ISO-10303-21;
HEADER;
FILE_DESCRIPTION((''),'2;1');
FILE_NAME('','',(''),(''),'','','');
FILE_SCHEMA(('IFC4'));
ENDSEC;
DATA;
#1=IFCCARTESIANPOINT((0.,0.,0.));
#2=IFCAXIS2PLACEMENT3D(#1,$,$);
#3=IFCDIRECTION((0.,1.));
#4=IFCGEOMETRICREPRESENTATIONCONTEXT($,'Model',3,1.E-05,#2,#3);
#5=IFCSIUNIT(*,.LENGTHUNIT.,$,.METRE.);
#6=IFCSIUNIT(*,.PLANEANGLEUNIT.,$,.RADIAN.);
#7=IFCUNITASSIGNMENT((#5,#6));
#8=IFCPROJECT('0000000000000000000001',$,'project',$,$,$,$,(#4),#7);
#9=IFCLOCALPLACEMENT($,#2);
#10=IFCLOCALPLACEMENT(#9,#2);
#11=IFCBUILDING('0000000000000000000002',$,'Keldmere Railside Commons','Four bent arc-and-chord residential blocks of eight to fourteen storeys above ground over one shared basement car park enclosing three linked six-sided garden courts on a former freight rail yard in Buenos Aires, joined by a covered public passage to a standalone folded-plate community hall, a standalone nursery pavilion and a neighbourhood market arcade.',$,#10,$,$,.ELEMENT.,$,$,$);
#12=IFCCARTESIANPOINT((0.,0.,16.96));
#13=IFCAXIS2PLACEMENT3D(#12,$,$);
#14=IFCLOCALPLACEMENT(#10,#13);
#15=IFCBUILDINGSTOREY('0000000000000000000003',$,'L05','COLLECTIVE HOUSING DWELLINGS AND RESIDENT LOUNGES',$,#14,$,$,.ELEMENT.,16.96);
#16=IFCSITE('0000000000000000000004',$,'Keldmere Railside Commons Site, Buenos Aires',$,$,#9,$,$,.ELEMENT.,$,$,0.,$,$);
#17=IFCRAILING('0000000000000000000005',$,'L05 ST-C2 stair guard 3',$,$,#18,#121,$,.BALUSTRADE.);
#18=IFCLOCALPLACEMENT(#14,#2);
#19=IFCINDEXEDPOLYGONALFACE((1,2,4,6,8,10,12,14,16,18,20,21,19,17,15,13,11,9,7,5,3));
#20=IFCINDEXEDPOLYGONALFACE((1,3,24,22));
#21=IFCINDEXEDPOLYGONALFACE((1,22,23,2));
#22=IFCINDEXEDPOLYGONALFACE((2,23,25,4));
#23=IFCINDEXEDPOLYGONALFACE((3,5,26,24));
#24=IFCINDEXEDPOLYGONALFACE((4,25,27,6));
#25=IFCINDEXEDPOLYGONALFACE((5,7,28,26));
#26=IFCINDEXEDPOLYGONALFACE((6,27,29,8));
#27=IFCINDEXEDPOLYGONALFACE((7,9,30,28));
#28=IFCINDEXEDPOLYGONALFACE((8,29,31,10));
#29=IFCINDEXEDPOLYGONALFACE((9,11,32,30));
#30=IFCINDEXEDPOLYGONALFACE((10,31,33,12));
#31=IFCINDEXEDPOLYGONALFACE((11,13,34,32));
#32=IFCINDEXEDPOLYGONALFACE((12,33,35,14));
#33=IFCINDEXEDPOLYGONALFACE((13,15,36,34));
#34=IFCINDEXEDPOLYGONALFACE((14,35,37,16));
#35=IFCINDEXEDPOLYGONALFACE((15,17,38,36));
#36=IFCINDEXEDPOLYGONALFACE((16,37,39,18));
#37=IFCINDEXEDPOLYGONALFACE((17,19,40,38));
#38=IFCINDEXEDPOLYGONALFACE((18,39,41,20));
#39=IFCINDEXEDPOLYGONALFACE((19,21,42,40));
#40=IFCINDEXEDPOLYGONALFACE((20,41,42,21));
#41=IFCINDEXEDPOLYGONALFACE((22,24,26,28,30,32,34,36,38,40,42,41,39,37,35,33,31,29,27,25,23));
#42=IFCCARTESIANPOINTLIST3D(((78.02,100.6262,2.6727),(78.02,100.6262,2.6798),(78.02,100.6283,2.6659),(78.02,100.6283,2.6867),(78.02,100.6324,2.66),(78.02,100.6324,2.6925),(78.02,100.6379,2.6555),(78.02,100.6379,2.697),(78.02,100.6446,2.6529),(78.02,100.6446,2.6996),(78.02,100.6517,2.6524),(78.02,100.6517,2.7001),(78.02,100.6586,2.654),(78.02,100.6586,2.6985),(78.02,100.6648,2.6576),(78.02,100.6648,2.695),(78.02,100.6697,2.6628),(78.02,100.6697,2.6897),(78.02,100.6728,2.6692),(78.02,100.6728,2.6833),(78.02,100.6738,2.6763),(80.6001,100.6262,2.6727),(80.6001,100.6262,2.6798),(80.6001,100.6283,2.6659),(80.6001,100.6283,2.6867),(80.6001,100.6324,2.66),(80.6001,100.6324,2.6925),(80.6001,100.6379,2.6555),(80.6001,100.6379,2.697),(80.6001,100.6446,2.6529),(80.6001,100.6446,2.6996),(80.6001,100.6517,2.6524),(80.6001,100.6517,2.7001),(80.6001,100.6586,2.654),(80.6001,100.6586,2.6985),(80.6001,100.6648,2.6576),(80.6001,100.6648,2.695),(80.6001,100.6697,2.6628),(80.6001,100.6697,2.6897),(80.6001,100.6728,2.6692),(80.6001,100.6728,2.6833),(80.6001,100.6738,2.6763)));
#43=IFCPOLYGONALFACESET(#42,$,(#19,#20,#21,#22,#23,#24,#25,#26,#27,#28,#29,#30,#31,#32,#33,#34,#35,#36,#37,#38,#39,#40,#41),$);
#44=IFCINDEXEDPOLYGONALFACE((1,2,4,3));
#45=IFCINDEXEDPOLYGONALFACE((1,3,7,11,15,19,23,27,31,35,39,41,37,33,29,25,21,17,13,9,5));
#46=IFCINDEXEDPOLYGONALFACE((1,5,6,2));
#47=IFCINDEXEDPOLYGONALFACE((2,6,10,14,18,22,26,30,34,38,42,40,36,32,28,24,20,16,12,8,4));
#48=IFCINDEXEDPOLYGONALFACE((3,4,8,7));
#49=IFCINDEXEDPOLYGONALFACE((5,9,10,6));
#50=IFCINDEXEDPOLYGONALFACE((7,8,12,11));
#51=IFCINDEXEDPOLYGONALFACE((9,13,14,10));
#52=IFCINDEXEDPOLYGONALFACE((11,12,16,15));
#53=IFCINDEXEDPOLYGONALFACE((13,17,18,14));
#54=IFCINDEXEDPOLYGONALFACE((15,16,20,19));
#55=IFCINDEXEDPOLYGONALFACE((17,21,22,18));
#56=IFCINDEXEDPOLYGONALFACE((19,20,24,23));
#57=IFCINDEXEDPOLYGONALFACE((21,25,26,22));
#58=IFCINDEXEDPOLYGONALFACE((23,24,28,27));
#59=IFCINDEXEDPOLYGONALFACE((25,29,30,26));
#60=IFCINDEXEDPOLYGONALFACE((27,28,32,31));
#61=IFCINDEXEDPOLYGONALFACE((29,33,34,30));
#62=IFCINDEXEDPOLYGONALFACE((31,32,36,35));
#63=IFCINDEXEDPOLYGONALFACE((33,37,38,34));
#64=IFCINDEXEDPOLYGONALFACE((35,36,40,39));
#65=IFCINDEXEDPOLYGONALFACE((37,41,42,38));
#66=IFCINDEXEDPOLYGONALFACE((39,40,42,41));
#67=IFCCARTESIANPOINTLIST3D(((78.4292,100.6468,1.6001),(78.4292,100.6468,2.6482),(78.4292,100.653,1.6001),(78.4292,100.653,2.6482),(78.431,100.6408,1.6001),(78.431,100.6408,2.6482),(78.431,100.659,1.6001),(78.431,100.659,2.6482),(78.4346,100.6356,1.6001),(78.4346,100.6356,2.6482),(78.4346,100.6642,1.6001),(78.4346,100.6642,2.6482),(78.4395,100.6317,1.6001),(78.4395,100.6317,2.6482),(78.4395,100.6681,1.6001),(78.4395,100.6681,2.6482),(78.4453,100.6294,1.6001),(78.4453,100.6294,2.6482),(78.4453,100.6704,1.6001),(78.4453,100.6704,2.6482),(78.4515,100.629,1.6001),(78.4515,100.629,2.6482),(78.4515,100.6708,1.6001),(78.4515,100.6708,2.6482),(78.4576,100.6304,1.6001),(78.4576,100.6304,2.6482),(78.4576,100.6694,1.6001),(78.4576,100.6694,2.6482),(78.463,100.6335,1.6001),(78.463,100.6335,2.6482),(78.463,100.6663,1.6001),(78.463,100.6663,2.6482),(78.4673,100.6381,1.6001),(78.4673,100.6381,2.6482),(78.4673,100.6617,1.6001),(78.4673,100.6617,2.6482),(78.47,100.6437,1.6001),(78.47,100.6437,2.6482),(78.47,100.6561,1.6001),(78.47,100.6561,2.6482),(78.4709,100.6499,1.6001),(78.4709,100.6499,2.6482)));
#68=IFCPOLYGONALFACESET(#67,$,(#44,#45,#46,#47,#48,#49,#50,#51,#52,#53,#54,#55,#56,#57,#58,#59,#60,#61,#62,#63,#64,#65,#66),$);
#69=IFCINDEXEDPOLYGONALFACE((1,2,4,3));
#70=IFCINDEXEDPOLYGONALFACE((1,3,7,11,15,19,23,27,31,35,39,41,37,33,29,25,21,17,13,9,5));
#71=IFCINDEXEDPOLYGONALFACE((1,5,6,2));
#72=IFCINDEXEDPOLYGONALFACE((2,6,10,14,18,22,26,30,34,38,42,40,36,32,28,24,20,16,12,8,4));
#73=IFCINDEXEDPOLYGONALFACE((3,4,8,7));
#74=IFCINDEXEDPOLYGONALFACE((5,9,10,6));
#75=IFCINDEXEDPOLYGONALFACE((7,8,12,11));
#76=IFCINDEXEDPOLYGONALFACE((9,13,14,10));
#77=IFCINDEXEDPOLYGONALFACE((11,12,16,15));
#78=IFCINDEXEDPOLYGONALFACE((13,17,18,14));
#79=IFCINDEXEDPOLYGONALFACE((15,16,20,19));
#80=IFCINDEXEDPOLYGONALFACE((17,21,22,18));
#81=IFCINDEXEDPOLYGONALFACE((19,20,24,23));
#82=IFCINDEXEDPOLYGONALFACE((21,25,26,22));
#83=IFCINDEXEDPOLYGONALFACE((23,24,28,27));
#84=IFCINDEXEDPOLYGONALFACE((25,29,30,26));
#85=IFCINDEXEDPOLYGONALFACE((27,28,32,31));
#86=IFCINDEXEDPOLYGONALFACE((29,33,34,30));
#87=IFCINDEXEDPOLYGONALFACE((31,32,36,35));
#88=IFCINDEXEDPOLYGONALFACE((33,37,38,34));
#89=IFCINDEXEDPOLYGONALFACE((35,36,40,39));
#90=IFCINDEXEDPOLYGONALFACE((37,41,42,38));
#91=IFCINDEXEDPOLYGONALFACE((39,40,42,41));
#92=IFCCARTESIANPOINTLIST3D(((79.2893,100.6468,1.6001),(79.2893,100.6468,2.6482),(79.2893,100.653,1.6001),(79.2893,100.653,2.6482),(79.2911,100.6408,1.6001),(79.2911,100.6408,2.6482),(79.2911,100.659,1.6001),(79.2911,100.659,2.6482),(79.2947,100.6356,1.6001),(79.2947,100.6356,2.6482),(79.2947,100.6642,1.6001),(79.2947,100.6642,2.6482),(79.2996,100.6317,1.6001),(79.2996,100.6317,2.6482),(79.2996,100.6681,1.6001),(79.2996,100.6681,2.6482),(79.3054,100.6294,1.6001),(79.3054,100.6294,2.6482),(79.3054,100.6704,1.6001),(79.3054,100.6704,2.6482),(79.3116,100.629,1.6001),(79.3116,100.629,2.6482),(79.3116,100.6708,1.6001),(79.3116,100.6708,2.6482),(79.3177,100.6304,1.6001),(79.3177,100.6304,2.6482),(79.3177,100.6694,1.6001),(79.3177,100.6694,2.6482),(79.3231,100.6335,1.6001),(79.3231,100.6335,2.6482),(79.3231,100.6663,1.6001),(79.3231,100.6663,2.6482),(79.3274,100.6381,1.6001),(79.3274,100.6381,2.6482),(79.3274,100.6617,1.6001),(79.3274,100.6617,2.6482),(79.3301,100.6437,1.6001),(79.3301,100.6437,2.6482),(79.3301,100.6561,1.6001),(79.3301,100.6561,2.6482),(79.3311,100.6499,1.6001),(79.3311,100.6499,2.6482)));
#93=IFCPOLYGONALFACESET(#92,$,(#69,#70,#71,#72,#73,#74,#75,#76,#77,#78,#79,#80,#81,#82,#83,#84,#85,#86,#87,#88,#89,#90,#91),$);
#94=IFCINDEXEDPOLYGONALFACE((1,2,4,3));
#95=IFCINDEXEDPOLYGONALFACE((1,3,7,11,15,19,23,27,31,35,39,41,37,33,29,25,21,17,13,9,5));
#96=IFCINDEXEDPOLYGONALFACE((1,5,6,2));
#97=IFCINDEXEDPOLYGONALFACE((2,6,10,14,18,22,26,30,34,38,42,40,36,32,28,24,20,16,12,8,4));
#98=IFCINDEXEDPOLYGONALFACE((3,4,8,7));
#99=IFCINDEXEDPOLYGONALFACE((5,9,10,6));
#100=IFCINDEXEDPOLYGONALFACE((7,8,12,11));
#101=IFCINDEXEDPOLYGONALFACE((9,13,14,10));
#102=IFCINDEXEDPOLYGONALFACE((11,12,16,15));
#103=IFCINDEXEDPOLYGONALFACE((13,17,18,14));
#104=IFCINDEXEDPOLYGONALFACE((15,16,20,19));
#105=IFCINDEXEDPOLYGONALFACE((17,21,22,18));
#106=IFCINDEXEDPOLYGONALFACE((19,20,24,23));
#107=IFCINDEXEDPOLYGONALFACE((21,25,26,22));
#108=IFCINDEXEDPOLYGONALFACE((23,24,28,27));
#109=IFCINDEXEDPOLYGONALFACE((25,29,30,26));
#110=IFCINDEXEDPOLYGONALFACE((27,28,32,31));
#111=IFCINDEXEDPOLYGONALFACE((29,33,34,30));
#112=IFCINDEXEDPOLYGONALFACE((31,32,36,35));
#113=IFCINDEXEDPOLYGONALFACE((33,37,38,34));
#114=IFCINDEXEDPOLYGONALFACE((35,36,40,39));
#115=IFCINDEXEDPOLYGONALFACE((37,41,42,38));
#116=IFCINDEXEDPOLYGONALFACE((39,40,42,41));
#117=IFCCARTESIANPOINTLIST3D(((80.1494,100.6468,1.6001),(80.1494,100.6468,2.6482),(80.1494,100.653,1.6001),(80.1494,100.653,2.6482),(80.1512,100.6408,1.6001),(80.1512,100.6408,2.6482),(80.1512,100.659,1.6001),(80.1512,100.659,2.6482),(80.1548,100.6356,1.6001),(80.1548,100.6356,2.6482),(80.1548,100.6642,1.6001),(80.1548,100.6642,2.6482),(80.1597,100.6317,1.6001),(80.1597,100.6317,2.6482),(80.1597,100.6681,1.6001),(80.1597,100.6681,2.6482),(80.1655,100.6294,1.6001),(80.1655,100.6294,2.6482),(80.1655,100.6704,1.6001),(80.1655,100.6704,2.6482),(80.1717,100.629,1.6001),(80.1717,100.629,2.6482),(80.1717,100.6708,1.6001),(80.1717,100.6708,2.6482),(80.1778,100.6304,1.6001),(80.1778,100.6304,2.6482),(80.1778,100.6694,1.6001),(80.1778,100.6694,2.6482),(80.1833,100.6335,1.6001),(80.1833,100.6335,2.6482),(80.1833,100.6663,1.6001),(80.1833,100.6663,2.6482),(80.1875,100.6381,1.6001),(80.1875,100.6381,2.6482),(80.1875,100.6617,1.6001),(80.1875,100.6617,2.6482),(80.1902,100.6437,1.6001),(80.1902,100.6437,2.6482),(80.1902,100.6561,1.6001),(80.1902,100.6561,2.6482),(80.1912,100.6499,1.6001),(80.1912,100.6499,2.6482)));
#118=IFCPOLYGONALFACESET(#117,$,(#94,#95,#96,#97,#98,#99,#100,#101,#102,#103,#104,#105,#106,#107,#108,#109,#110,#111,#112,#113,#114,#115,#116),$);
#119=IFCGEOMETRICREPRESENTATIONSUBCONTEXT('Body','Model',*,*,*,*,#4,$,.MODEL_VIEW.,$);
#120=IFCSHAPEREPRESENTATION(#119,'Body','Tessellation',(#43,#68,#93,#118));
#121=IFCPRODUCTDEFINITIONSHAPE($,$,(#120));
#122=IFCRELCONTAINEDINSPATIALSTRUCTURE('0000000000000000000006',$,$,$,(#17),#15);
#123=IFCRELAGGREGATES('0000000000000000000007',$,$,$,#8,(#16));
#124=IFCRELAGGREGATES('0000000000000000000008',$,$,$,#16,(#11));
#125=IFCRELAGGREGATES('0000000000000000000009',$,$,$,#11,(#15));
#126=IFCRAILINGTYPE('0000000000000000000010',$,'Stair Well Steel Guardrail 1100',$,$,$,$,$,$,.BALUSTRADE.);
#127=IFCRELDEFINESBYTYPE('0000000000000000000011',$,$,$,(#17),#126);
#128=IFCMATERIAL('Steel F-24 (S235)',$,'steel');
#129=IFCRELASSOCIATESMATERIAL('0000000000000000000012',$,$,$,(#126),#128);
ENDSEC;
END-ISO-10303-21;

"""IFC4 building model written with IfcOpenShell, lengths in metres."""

from ifc_helpers import new_model, si_unit, direction, frame, origin, origin_2d, place, context, subcontext, project, spatial, circle, extrude, material, type_object, element, save


model = new_model("IFC4")

# Units and contexts
model_context = context("Model", 3, precision=1e-05, world=origin(), true_north=direction((0.0, 1.0)))
body_context = subcontext(model_context, "Body", "Model", "MODEL_VIEW")
ifc_project = project(units=[si_unit("LENGTHUNIT", "METRE"), si_unit("PLANEANGLEUNIT", "RADIAN")], contexts=[model_context])

# Site, building, storey
site_placement = place(None, origin())
site = spatial("IfcSite", under=ifc_project, at=site_placement, Name="Keldmere Railside Commons Site, Buenos Aires", CompositionType="ELEMENT", RefElevation=0.0)
building_placement = place(site_placement, origin())
building = spatial("IfcBuilding", under=site, at=building_placement, Name="Keldmere Railside Commons", Description="Four bent arc-and-chord residential blocks of eight to fourteen storeys above ground over one shared basement car park enclosing three linked six-sided garden courts on a former freight rail yard in Buenos Aires, joined by a covered public passage to a standalone folded-plate community hall, a standalone nursery pavilion and a neighbourhood market arcade.", CompositionType="ELEMENT")
storey_placement = place(building_placement, frame((0.0, 0.0, 16.96)))
storey = spatial("IfcBuildingStorey", under=building, at=storey_placement, Name="L05", Description="COLLECTIVE HOUSING DWELLINGS AND RESIDENT LOUNGES", CompositionType="ELEMENT", Elevation=16.96)

# Railing
ifc_material_1 = material(Name="Steel F-24 (S235)", Category="steel")
railing_type_1 = type_object("IfcRailingType", Name="Stair Well Steel Guardrail 1100", PredefinedType="BALUSTRADE", material=ifc_material_1)
railing_1_placement = place(storey_placement, frame((78.02, 100.6499, 1.6001)))
element("IfcRailing", 1, at=railing_1_placement, inside=storey, type_object=railing_type_1, Name="L05 ST-C2 stair guard 3", PredefinedType="BALUSTRADE", context=body_context, shape_type="SweptSolid", body=[
    extrude(circle(Radius=0.0239, at=origin_2d()), frame((0.0, 0.0, 1.0762), z_axis=(1.0, 0.0, 0.0), x_axis=(0.0, 1.0, 0.0)), (0.0, 0.0, 1.0), 2.5801),
    extrude(circle(Radius=0.021, at=origin_2d()), frame((0.4299, 0.0, 0.0)), (0.0, 0.0, 1.0), 1.0481),
    extrude(circle(Radius=0.021, at=origin_2d()), frame((1.29, 0.0, 0.0)), (0.0, 0.0, 1.0), 1.0481),
    extrude(circle(Radius=0.021, at=origin_2d()), frame((2.1501, 0.0, 0.0)), (0.0, 0.0, 1.0), 1.0481),
])

save(model, "model.ifc")
